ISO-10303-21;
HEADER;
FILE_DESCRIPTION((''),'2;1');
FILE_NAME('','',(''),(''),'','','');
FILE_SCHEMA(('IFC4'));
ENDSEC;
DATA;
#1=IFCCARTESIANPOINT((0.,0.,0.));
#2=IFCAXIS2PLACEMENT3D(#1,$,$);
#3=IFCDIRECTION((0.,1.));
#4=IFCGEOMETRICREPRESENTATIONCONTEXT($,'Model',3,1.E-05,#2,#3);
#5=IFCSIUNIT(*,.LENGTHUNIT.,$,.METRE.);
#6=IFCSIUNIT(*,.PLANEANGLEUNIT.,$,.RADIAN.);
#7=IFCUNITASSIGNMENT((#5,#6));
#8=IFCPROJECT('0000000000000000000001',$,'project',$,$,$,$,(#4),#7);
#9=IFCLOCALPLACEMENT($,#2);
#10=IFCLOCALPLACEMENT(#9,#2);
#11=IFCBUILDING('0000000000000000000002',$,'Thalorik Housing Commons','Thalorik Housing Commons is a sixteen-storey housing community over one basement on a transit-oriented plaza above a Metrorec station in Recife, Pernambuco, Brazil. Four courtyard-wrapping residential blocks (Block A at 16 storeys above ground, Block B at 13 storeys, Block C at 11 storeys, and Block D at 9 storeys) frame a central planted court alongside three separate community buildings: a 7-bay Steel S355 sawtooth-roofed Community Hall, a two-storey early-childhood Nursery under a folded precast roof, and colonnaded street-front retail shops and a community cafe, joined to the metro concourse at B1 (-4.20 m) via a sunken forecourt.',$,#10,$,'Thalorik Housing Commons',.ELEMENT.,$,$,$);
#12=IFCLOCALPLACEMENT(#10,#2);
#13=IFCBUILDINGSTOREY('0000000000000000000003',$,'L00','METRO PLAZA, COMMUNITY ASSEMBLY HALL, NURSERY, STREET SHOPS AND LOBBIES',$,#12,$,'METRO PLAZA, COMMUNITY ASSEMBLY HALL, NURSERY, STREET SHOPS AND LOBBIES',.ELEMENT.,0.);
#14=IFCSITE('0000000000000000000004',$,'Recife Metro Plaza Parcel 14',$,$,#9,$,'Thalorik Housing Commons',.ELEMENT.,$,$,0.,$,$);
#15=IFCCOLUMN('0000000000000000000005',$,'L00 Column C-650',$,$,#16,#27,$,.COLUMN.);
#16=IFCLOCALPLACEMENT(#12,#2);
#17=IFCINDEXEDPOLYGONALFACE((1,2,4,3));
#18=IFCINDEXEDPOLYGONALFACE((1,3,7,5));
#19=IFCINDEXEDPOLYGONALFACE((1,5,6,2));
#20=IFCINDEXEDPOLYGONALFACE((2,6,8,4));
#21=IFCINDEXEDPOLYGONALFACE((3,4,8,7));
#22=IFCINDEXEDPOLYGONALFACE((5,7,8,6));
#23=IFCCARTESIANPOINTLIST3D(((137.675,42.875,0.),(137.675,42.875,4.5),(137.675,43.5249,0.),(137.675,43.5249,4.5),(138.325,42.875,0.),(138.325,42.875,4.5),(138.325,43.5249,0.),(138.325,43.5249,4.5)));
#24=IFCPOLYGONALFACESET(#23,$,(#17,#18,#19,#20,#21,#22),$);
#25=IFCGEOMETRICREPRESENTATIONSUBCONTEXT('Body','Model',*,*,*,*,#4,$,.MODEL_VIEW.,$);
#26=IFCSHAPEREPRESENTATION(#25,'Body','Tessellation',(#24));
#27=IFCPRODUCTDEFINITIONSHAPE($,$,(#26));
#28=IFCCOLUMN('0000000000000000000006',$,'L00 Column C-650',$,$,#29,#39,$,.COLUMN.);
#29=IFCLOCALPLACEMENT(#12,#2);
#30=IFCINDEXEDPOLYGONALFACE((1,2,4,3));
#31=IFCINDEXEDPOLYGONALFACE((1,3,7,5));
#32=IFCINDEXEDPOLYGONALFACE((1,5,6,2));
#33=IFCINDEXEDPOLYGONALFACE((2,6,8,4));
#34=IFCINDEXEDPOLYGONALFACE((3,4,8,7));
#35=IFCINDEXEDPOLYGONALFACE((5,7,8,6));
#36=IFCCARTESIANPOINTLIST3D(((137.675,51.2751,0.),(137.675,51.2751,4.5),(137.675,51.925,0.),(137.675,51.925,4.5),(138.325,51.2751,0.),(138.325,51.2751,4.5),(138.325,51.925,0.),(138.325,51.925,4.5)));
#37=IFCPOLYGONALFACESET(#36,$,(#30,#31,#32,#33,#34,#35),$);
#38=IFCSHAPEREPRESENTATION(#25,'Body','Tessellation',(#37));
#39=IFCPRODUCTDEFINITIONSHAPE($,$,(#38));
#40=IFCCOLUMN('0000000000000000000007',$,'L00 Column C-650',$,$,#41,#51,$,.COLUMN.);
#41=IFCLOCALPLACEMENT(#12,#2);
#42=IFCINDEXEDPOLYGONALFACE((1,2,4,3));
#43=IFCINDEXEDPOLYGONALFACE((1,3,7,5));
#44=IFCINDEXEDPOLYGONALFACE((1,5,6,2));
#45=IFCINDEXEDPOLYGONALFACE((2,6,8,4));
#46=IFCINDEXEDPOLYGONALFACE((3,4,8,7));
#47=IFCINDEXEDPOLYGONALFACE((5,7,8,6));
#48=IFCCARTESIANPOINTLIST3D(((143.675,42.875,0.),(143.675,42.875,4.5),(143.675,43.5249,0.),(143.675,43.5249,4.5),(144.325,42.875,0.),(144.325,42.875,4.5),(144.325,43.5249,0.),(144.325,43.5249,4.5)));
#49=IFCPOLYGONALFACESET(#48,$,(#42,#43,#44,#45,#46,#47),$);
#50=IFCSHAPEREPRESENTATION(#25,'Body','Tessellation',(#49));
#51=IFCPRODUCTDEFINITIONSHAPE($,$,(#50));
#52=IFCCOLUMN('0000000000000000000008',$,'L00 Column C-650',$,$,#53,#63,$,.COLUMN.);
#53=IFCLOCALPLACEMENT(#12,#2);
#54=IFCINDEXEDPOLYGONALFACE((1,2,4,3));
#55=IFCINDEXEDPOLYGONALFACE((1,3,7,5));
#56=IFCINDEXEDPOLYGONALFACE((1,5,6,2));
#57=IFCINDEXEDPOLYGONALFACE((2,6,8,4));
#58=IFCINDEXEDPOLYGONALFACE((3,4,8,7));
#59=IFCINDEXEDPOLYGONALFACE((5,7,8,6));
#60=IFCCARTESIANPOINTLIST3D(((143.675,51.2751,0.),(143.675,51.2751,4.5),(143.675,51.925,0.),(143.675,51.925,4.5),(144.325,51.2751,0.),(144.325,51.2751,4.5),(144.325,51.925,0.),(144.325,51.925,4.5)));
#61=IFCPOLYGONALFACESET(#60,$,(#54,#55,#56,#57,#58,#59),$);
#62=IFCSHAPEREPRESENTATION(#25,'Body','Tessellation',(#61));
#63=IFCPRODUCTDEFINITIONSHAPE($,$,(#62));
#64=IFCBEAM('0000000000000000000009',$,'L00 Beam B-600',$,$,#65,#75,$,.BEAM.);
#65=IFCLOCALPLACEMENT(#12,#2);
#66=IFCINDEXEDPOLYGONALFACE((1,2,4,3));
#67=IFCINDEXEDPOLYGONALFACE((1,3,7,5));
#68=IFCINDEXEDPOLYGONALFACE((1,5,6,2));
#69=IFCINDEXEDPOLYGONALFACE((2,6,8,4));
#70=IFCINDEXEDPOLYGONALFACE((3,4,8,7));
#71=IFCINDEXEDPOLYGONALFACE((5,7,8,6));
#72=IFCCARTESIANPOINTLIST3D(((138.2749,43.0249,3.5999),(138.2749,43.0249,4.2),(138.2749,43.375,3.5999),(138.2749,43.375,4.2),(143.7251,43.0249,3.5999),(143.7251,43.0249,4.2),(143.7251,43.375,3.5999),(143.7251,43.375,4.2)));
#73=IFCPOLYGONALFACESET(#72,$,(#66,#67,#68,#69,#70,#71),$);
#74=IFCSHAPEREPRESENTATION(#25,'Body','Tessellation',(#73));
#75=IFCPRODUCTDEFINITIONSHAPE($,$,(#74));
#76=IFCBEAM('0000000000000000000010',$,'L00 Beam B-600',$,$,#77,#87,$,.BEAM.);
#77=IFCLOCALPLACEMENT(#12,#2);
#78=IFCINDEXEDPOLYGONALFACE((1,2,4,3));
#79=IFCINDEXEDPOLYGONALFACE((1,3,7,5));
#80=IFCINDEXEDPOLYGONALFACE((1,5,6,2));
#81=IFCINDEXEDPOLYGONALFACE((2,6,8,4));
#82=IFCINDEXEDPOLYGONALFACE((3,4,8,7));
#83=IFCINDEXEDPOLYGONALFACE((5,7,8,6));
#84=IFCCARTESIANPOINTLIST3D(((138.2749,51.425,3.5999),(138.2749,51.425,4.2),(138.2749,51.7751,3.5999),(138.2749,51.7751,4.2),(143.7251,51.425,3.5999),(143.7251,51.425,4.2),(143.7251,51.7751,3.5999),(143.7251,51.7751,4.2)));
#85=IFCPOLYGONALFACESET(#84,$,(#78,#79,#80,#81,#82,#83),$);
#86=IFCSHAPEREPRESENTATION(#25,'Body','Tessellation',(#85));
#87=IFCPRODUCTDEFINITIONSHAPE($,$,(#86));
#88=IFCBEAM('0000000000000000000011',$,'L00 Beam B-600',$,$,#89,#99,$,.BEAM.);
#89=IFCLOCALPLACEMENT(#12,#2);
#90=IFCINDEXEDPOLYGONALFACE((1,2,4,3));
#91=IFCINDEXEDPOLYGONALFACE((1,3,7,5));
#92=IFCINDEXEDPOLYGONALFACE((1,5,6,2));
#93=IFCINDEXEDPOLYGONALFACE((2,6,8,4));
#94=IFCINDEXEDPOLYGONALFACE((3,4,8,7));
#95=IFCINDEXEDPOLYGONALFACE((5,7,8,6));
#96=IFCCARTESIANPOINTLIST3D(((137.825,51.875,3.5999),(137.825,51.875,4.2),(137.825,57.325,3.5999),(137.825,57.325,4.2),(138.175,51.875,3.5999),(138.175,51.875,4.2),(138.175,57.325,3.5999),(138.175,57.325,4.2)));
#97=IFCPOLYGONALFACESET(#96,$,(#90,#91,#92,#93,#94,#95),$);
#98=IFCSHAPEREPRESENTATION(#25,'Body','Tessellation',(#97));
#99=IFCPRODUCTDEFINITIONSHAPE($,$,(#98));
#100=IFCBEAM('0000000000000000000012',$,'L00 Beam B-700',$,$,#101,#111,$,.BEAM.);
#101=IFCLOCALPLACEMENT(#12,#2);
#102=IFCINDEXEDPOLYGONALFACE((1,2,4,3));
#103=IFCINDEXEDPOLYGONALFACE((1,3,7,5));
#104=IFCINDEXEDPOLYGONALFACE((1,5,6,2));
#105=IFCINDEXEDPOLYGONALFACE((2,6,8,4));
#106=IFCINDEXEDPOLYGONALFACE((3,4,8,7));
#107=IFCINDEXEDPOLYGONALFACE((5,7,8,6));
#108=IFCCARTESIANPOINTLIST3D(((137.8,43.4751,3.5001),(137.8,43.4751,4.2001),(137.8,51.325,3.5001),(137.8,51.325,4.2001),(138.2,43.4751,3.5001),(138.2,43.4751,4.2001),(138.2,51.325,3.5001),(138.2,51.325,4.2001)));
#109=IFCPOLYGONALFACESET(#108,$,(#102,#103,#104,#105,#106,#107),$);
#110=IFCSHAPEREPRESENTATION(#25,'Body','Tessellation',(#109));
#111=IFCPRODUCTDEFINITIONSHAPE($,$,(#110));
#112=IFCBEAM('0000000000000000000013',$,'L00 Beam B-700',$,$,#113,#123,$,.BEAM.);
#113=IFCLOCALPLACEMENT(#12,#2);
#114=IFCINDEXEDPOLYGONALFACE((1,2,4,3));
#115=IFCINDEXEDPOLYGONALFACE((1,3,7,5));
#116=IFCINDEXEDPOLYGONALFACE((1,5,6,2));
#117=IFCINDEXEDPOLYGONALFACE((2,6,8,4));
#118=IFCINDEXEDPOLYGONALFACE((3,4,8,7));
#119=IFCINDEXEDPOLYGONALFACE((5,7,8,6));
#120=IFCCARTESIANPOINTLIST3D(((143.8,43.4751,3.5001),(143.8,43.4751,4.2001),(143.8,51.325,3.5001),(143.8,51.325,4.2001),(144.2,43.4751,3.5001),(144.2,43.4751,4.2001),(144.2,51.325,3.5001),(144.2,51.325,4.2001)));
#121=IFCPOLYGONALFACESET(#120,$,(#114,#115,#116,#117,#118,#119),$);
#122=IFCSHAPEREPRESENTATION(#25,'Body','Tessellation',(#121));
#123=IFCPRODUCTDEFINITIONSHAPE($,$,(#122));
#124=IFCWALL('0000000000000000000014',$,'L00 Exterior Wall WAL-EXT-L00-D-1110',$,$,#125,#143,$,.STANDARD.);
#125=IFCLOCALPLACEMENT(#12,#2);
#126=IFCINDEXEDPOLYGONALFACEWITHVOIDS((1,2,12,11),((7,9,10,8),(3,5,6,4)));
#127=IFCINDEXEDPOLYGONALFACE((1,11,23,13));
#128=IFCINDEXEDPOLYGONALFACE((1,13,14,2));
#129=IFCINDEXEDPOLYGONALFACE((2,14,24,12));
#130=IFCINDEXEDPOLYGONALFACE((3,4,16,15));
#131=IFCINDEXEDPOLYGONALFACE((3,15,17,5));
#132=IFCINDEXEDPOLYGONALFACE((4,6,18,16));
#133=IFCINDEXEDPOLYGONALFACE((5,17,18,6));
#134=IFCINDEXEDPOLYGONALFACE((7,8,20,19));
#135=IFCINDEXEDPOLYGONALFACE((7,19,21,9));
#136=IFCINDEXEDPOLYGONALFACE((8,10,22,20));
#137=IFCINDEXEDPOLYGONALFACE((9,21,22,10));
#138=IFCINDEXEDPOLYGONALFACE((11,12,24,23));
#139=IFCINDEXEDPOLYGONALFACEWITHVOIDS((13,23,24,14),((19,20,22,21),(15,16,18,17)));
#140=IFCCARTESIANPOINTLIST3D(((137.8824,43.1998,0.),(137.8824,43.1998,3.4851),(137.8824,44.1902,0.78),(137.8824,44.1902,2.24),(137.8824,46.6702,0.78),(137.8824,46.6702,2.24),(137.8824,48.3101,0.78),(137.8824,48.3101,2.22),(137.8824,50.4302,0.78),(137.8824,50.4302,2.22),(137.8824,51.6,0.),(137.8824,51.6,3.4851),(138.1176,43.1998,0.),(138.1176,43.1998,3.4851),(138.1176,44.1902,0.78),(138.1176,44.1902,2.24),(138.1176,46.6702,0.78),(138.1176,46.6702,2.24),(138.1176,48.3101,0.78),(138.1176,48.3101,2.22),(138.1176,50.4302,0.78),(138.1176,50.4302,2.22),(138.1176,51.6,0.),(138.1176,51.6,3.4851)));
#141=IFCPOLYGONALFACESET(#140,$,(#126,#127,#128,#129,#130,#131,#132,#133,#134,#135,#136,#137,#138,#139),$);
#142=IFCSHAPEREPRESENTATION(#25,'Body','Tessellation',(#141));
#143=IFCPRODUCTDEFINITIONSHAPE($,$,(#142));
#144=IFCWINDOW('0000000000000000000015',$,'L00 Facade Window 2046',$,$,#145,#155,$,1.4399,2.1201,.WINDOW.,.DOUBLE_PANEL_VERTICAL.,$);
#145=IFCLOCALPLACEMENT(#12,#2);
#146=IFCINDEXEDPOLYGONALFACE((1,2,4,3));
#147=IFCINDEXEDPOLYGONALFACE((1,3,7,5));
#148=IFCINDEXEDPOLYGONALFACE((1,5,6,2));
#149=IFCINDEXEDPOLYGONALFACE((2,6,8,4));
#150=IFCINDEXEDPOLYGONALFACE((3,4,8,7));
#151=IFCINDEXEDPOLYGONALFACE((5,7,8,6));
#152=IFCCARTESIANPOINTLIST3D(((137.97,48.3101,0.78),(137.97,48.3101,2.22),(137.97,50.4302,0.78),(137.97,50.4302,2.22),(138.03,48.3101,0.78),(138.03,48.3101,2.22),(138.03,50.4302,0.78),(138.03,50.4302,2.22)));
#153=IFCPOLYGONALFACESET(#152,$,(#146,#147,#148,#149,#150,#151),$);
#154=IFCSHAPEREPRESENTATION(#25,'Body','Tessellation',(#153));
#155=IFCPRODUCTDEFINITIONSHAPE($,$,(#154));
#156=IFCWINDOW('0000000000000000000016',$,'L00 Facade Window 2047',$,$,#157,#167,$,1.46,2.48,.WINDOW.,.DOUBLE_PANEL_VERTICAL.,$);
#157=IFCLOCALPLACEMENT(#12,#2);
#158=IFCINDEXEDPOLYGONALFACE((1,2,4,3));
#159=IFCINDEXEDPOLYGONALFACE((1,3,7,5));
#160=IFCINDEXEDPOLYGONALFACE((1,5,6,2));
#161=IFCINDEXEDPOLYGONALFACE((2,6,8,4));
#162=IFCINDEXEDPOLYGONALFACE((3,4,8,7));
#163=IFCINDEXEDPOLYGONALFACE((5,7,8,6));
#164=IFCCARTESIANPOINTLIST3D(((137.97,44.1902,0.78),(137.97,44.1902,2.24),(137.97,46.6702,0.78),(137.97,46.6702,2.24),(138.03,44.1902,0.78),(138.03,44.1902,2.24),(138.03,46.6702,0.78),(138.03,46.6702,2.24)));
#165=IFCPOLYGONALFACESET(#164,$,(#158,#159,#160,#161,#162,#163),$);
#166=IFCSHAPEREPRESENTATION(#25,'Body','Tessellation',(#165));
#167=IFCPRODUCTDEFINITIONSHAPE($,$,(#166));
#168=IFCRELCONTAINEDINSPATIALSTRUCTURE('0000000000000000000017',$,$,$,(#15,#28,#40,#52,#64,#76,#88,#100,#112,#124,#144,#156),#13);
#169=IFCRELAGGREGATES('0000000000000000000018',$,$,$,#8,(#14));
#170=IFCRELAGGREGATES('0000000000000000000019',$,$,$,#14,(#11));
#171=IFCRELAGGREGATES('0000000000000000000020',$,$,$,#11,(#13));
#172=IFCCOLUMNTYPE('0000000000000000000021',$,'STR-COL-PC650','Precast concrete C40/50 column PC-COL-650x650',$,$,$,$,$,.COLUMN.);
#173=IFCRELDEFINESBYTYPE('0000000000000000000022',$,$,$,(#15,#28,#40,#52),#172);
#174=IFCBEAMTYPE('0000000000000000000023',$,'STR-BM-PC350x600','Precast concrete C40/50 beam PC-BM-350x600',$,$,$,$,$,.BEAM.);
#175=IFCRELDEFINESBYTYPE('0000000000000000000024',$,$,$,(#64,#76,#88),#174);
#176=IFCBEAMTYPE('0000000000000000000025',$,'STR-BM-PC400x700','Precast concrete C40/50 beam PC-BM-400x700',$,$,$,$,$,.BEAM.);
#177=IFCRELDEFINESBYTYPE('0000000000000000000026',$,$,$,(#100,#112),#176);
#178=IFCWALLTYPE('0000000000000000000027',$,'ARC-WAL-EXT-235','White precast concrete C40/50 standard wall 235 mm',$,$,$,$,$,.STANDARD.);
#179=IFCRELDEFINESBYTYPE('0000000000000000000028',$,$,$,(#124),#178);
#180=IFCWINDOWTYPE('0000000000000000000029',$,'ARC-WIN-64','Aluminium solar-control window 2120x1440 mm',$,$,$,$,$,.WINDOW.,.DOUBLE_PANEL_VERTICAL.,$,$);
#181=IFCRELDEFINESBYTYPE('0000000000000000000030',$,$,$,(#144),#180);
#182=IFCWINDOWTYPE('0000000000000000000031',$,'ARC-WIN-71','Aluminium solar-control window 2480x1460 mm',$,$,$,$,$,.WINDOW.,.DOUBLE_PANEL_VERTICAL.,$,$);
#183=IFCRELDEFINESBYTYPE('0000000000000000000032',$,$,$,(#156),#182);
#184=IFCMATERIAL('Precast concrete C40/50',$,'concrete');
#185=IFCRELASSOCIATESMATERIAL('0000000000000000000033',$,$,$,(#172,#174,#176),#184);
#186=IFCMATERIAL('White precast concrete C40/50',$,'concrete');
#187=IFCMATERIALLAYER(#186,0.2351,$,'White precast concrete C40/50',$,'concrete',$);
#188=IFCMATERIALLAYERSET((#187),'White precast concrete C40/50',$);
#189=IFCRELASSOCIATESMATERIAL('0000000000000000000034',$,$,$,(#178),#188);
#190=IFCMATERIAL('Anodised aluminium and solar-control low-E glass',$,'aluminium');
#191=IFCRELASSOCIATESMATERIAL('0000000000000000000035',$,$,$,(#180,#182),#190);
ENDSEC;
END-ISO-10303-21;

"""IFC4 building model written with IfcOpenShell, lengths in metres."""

from ifc_helpers import new_model, si_unit, direction, frame, frame_2d, origin, origin_2d, place, context, subcontext, project, spatial, rectangle, extrude, material, layer, layer_set, material_profile, profile_set, type_object, element, fill, save


model = new_model("IFC4")

# Units and contexts
model_context = context("Model", 3, precision=1e-05, world=origin(), true_north=direction((0.0, 1.0)))
body_context = subcontext(model_context, "Body", "Model", "MODEL_VIEW")
ifc_project = project(units=[si_unit("LENGTHUNIT", "METRE"), si_unit("PLANEANGLEUNIT", "RADIAN")], contexts=[model_context])

# Site, building, storey
site_placement = place(None, origin())
site = spatial("IfcSite", under=ifc_project, at=site_placement, Name="Recife Metro Plaza Parcel 14", LongName="Thalorik Housing Commons", CompositionType="ELEMENT", RefElevation=0.0)
building_placement = place(site_placement, origin())
building = spatial("IfcBuilding", under=site, at=building_placement, Name="Thalorik Housing Commons", Description="Thalorik Housing Commons is a sixteen-storey housing community over one basement on a transit-oriented plaza above a Metrorec station in Recife, Pernambuco, Brazil. Four courtyard-wrapping residential blocks (Block A at 16 storeys above ground, Block B at 13 storeys, Block C at 11 storeys, and Block D at 9 storeys) frame a central planted court alongside three separate community buildings: a 7-bay Steel S355 sawtooth-roofed Community Hall, a two-storey early-childhood Nursery under a folded precast roof, and colonnaded street-front retail shops and a community cafe, joined to the metro concourse at B1 (-4.20 m) via a sunken forecourt.", LongName="Thalorik Housing Commons", CompositionType="ELEMENT")
storey_placement = place(building_placement, origin())
storey = spatial("IfcBuildingStorey", under=building, at=storey_placement, Name="L00", Description="METRO PLAZA, COMMUNITY ASSEMBLY HALL, NURSERY, STREET SHOPS AND LOBBIES", LongName="METRO PLAZA, COMMUNITY ASSEMBLY HALL, NURSERY, STREET SHOPS AND LOBBIES", CompositionType="ELEMENT", Elevation=0.0)

# Columns
ifc_material_1 = material(Name="Precast concrete C40/50", Category="concrete")
ifc_material_profile_1 = material_profile(ifc_material_1, rectangle(XDim=0.6499, YDim=0.6499, at=origin_2d()), Name="PC 650x650", Category="concrete")
ifc_profile_set_1 = profile_set([ifc_material_profile_1], Name="Precast concrete C40/50")
column_type = type_object("IfcColumnType", Name="STR-COL-PC650", Description="Precast concrete C40/50 column PC-COL-650x650", PredefinedType="COLUMN", material=ifc_profile_set_1)
for number, where, z_axis, x_axis, name in (
    (1, (138.0, 43.2, 0.0), (0.0, 0.0, 1.0), (1.0, 0.0, 0.0), "L00 Column C-650"),
    (2, (138.0, 51.6001, 0.0), (0.0, 0.0, 1.0), (1.0, 0.0, 0.0), "L00 Column C-650"),
    (3, (144.0, 43.2, 0.0), (0.0, 0.0, 1.0), (1.0, 0.0, 0.0), "L00 Column C-650"),
    (4, (144.0, 51.6001, 0.0), (0.0, 0.0, 1.0), (1.0, 0.0, 0.0), "L00 Column C-650"),
):
    element("IfcColumn", number, at=place(storey_placement, frame(where, z_axis=z_axis, x_axis=x_axis)), inside=storey, type_object=column_type, Name=name, PredefinedType="COLUMN", context=body_context, shape_type="SweptSolid", body=[
        extrude(rectangle(XDim=0.6499, YDim=0.6499, at=origin_2d()), origin(), (0.0, 0.0, 1.0), 4.5),
    ])

# Beams
ifc_material_profile_2 = material_profile(ifc_material_1, rectangle(XDim=0.3501, YDim=0.6001, at=origin_2d()), Name="PC 350x600", Category="concrete")
ifc_profile_set_2 = profile_set([ifc_material_profile_2], Name="Precast concrete C40/50")
beam_type_1 = type_object("IfcBeamType", Name="STR-BM-PC350x600", Description="Precast concrete C40/50 beam PC-BM-350x600", PredefinedType="BEAM", material=ifc_profile_set_2)
for number, where, z_axis, x_axis, name in (
    (5, (138.2749, 43.2, 3.8999), (1.0, 0.0, 0.0), (0.0, 1.0, 0.0), "L00 Beam B-600"),
    (6, (138.2749, 51.6001, 3.8999), (1.0, 0.0, 0.0), (0.0, 1.0, 0.0), "L00 Beam B-600"),
):
    element("IfcBeam", number, at=place(storey_placement, frame(where, z_axis=z_axis, x_axis=x_axis)), inside=storey, type_object=beam_type_1, Name=name, PredefinedType="BEAM", context=body_context, shape_type="SweptSolid", body=[
        extrude(rectangle(XDim=0.3501, YDim=0.6001, at=origin_2d()), origin(), (0.0, 0.0, 1.0), 5.4502),
    ])
beam_placement = place(storey_placement, frame((138.0, 51.875, 3.8999), z_axis=(0.0, 1.0, 0.0), x_axis=(-1.0, 0.0, 0.0)))
element("IfcBeam", 7, at=beam_placement, inside=storey, type_object=beam_type_1, Name="L00 Beam B-600", PredefinedType="BEAM", context=body_context, shape_type="SweptSolid", body=[
    extrude(rectangle(XDim=0.3501, YDim=0.6001, at=origin_2d()), origin(), (0.0, 0.0, 1.0), 5.45),
])
ifc_material_profile_3 = material_profile(ifc_material_1, rectangle(XDim=0.3999, YDim=0.7, at=origin_2d()), Name="PC 400x700", Category="concrete")
ifc_profile_set_3 = profile_set([ifc_material_profile_3], Name="Precast concrete C40/50")
beam_type_2 = type_object("IfcBeamType", Name="STR-BM-PC400x700", Description="Precast concrete C40/50 beam PC-BM-400x700", PredefinedType="BEAM", material=ifc_profile_set_3)
for number, where, z_axis, x_axis, name in (
    (8, (138.0, 43.4751, 3.8501), (0.0, 1.0, 0.0), (-1.0, 0.0, 0.0), "L00 Beam B-700"),
    (9, (144.0, 43.4751, 3.8501), (0.0, 1.0, 0.0), (-1.0, 0.0, 0.0), "L00 Beam B-700"),
):
    element("IfcBeam", number, at=place(storey_placement, frame(where, z_axis=z_axis, x_axis=x_axis)), inside=storey, type_object=beam_type_2, Name=name, PredefinedType="BEAM", context=body_context, shape_type="SweptSolid", body=[
        extrude(rectangle(XDim=0.3999, YDim=0.7, at=origin_2d()), origin(), (0.0, 0.0, 1.0), 7.8499),
    ])

# Wall, openings, windows
ifc_material_2 = material(Name="White precast concrete C40/50", Category="concrete")
ifc_layer_1 = layer(ifc_material_2, 0.2351, Name="White precast concrete C40/50", Category="concrete")
ifc_layer_set_1 = layer_set([ifc_layer_1], Name="White precast concrete C40/50")
wall_type = type_object("IfcWallType", Name="ARC-WAL-EXT-235", Description="White precast concrete C40/50 standard wall 235 mm", PredefinedType="STANDARD", material=ifc_layer_set_1)
wall_1_placement = place(storey_placement, frame((138.0, 51.6001, 0.0), z_axis=(0.0, 0.0, 1.0), x_axis=(0.0, -1.0, 0.0)))
wall_1 = element("IfcWall", 10, at=wall_1_placement, inside=storey, type_object=wall_type, Name="L00 Exterior Wall WAL-EXT-L00-D-1110", PredefinedType="STANDARD", context=body_context, shape_type="SweptSolid", body=[
    extrude(rectangle(XDim=8.4001, YDim=0.2351, at=frame_2d((4.2002, 0.0))), origin(), (0.0, 0.0, 1.0), 3.4851),
])
opening_1_placement = place(wall_1_placement, frame((1.1699, 0.0, 0.78)))
opening_1 = element("IfcOpeningElement", 11, at=opening_1_placement, cuts=wall_1, PredefinedType="OPENING", context=body_context, shape_type="SweptSolid", body=[
    extrude(rectangle(XDim=2.1201, YDim=1.4399, at=frame_2d((1.0601, 0.72))), frame((0.0, 0.1274, 0.0), z_axis=(0.0, -1.0, 0.0), x_axis=(1.0, 0.0, 0.0)), (0.0, 0.0, 1.0), 0.2551),
])
opening_2_placement = place(wall_1_placement, frame((4.9299, 0.0, 0.78)))
opening_2 = element("IfcOpeningElement", 12, at=opening_2_placement, cuts=wall_1, PredefinedType="OPENING", context=body_context, shape_type="SweptSolid", body=[
    extrude(rectangle(XDim=2.48, YDim=1.46, at=frame_2d((1.24, 0.73))), frame((0.0, 0.1274, 0.0), z_axis=(0.0, -1.0, 0.0), x_axis=(1.0, 0.0, 0.0)), (0.0, 0.0, 1.0), 0.2551),
])
ifc_material_3 = material(Name="Anodised aluminium and solar-control low-E glass", Category="aluminium")
window_type_1 = type_object("IfcWindowType", Name="ARC-WIN-64", Description="Aluminium solar-control window 2120x1440 mm", PartitioningType="DOUBLE_PANEL_VERTICAL", PredefinedType="WINDOW", material=ifc_material_3)
window_1_placement = place(opening_1_placement, origin())
window_1 = element("IfcWindow", 13, at=window_1_placement, inside=storey, type_object=window_type_1, Name="L00 Facade Window 2046", OverallHeight=1.4399, OverallWidth=2.1201, PartitioningType="DOUBLE_PANEL_VERTICAL", PredefinedType="WINDOW", context=body_context, shape_type="SweptSolid", body=[
    extrude(rectangle(XDim=2.1201, YDim=1.4399, at=frame_2d((1.0601, 0.72))), frame((0.0, 0.03, 0.0), z_axis=(0.0, -1.0, 0.0), x_axis=(1.0, 0.0, 0.0)), (0.0, 0.0, 1.0), 0.0601),
])
fill(opening_1, window_1)
window_type_2 = type_object("IfcWindowType", Name="ARC-WIN-71", Description="Aluminium solar-control window 2480x1460 mm", PartitioningType="DOUBLE_PANEL_VERTICAL", PredefinedType="WINDOW", material=ifc_material_3)
window_2_placement = place(opening_2_placement, origin())
window_2 = element("IfcWindow", 14, at=window_2_placement, inside=storey, type_object=window_type_2, Name="L00 Facade Window 2047", OverallHeight=1.46, OverallWidth=2.48, PartitioningType="DOUBLE_PANEL_VERTICAL", PredefinedType="WINDOW", context=body_context, shape_type="SweptSolid", body=[
    extrude(rectangle(XDim=2.48, YDim=1.46, at=frame_2d((1.24, 0.73))), frame((0.0, 0.03, 0.0), z_axis=(0.0, -1.0, 0.0), x_axis=(1.0, 0.0, 0.0)), (0.0, 0.0, 1.0), 0.0601),
])
fill(opening_2, window_2)

save(model, "model.ifc")
